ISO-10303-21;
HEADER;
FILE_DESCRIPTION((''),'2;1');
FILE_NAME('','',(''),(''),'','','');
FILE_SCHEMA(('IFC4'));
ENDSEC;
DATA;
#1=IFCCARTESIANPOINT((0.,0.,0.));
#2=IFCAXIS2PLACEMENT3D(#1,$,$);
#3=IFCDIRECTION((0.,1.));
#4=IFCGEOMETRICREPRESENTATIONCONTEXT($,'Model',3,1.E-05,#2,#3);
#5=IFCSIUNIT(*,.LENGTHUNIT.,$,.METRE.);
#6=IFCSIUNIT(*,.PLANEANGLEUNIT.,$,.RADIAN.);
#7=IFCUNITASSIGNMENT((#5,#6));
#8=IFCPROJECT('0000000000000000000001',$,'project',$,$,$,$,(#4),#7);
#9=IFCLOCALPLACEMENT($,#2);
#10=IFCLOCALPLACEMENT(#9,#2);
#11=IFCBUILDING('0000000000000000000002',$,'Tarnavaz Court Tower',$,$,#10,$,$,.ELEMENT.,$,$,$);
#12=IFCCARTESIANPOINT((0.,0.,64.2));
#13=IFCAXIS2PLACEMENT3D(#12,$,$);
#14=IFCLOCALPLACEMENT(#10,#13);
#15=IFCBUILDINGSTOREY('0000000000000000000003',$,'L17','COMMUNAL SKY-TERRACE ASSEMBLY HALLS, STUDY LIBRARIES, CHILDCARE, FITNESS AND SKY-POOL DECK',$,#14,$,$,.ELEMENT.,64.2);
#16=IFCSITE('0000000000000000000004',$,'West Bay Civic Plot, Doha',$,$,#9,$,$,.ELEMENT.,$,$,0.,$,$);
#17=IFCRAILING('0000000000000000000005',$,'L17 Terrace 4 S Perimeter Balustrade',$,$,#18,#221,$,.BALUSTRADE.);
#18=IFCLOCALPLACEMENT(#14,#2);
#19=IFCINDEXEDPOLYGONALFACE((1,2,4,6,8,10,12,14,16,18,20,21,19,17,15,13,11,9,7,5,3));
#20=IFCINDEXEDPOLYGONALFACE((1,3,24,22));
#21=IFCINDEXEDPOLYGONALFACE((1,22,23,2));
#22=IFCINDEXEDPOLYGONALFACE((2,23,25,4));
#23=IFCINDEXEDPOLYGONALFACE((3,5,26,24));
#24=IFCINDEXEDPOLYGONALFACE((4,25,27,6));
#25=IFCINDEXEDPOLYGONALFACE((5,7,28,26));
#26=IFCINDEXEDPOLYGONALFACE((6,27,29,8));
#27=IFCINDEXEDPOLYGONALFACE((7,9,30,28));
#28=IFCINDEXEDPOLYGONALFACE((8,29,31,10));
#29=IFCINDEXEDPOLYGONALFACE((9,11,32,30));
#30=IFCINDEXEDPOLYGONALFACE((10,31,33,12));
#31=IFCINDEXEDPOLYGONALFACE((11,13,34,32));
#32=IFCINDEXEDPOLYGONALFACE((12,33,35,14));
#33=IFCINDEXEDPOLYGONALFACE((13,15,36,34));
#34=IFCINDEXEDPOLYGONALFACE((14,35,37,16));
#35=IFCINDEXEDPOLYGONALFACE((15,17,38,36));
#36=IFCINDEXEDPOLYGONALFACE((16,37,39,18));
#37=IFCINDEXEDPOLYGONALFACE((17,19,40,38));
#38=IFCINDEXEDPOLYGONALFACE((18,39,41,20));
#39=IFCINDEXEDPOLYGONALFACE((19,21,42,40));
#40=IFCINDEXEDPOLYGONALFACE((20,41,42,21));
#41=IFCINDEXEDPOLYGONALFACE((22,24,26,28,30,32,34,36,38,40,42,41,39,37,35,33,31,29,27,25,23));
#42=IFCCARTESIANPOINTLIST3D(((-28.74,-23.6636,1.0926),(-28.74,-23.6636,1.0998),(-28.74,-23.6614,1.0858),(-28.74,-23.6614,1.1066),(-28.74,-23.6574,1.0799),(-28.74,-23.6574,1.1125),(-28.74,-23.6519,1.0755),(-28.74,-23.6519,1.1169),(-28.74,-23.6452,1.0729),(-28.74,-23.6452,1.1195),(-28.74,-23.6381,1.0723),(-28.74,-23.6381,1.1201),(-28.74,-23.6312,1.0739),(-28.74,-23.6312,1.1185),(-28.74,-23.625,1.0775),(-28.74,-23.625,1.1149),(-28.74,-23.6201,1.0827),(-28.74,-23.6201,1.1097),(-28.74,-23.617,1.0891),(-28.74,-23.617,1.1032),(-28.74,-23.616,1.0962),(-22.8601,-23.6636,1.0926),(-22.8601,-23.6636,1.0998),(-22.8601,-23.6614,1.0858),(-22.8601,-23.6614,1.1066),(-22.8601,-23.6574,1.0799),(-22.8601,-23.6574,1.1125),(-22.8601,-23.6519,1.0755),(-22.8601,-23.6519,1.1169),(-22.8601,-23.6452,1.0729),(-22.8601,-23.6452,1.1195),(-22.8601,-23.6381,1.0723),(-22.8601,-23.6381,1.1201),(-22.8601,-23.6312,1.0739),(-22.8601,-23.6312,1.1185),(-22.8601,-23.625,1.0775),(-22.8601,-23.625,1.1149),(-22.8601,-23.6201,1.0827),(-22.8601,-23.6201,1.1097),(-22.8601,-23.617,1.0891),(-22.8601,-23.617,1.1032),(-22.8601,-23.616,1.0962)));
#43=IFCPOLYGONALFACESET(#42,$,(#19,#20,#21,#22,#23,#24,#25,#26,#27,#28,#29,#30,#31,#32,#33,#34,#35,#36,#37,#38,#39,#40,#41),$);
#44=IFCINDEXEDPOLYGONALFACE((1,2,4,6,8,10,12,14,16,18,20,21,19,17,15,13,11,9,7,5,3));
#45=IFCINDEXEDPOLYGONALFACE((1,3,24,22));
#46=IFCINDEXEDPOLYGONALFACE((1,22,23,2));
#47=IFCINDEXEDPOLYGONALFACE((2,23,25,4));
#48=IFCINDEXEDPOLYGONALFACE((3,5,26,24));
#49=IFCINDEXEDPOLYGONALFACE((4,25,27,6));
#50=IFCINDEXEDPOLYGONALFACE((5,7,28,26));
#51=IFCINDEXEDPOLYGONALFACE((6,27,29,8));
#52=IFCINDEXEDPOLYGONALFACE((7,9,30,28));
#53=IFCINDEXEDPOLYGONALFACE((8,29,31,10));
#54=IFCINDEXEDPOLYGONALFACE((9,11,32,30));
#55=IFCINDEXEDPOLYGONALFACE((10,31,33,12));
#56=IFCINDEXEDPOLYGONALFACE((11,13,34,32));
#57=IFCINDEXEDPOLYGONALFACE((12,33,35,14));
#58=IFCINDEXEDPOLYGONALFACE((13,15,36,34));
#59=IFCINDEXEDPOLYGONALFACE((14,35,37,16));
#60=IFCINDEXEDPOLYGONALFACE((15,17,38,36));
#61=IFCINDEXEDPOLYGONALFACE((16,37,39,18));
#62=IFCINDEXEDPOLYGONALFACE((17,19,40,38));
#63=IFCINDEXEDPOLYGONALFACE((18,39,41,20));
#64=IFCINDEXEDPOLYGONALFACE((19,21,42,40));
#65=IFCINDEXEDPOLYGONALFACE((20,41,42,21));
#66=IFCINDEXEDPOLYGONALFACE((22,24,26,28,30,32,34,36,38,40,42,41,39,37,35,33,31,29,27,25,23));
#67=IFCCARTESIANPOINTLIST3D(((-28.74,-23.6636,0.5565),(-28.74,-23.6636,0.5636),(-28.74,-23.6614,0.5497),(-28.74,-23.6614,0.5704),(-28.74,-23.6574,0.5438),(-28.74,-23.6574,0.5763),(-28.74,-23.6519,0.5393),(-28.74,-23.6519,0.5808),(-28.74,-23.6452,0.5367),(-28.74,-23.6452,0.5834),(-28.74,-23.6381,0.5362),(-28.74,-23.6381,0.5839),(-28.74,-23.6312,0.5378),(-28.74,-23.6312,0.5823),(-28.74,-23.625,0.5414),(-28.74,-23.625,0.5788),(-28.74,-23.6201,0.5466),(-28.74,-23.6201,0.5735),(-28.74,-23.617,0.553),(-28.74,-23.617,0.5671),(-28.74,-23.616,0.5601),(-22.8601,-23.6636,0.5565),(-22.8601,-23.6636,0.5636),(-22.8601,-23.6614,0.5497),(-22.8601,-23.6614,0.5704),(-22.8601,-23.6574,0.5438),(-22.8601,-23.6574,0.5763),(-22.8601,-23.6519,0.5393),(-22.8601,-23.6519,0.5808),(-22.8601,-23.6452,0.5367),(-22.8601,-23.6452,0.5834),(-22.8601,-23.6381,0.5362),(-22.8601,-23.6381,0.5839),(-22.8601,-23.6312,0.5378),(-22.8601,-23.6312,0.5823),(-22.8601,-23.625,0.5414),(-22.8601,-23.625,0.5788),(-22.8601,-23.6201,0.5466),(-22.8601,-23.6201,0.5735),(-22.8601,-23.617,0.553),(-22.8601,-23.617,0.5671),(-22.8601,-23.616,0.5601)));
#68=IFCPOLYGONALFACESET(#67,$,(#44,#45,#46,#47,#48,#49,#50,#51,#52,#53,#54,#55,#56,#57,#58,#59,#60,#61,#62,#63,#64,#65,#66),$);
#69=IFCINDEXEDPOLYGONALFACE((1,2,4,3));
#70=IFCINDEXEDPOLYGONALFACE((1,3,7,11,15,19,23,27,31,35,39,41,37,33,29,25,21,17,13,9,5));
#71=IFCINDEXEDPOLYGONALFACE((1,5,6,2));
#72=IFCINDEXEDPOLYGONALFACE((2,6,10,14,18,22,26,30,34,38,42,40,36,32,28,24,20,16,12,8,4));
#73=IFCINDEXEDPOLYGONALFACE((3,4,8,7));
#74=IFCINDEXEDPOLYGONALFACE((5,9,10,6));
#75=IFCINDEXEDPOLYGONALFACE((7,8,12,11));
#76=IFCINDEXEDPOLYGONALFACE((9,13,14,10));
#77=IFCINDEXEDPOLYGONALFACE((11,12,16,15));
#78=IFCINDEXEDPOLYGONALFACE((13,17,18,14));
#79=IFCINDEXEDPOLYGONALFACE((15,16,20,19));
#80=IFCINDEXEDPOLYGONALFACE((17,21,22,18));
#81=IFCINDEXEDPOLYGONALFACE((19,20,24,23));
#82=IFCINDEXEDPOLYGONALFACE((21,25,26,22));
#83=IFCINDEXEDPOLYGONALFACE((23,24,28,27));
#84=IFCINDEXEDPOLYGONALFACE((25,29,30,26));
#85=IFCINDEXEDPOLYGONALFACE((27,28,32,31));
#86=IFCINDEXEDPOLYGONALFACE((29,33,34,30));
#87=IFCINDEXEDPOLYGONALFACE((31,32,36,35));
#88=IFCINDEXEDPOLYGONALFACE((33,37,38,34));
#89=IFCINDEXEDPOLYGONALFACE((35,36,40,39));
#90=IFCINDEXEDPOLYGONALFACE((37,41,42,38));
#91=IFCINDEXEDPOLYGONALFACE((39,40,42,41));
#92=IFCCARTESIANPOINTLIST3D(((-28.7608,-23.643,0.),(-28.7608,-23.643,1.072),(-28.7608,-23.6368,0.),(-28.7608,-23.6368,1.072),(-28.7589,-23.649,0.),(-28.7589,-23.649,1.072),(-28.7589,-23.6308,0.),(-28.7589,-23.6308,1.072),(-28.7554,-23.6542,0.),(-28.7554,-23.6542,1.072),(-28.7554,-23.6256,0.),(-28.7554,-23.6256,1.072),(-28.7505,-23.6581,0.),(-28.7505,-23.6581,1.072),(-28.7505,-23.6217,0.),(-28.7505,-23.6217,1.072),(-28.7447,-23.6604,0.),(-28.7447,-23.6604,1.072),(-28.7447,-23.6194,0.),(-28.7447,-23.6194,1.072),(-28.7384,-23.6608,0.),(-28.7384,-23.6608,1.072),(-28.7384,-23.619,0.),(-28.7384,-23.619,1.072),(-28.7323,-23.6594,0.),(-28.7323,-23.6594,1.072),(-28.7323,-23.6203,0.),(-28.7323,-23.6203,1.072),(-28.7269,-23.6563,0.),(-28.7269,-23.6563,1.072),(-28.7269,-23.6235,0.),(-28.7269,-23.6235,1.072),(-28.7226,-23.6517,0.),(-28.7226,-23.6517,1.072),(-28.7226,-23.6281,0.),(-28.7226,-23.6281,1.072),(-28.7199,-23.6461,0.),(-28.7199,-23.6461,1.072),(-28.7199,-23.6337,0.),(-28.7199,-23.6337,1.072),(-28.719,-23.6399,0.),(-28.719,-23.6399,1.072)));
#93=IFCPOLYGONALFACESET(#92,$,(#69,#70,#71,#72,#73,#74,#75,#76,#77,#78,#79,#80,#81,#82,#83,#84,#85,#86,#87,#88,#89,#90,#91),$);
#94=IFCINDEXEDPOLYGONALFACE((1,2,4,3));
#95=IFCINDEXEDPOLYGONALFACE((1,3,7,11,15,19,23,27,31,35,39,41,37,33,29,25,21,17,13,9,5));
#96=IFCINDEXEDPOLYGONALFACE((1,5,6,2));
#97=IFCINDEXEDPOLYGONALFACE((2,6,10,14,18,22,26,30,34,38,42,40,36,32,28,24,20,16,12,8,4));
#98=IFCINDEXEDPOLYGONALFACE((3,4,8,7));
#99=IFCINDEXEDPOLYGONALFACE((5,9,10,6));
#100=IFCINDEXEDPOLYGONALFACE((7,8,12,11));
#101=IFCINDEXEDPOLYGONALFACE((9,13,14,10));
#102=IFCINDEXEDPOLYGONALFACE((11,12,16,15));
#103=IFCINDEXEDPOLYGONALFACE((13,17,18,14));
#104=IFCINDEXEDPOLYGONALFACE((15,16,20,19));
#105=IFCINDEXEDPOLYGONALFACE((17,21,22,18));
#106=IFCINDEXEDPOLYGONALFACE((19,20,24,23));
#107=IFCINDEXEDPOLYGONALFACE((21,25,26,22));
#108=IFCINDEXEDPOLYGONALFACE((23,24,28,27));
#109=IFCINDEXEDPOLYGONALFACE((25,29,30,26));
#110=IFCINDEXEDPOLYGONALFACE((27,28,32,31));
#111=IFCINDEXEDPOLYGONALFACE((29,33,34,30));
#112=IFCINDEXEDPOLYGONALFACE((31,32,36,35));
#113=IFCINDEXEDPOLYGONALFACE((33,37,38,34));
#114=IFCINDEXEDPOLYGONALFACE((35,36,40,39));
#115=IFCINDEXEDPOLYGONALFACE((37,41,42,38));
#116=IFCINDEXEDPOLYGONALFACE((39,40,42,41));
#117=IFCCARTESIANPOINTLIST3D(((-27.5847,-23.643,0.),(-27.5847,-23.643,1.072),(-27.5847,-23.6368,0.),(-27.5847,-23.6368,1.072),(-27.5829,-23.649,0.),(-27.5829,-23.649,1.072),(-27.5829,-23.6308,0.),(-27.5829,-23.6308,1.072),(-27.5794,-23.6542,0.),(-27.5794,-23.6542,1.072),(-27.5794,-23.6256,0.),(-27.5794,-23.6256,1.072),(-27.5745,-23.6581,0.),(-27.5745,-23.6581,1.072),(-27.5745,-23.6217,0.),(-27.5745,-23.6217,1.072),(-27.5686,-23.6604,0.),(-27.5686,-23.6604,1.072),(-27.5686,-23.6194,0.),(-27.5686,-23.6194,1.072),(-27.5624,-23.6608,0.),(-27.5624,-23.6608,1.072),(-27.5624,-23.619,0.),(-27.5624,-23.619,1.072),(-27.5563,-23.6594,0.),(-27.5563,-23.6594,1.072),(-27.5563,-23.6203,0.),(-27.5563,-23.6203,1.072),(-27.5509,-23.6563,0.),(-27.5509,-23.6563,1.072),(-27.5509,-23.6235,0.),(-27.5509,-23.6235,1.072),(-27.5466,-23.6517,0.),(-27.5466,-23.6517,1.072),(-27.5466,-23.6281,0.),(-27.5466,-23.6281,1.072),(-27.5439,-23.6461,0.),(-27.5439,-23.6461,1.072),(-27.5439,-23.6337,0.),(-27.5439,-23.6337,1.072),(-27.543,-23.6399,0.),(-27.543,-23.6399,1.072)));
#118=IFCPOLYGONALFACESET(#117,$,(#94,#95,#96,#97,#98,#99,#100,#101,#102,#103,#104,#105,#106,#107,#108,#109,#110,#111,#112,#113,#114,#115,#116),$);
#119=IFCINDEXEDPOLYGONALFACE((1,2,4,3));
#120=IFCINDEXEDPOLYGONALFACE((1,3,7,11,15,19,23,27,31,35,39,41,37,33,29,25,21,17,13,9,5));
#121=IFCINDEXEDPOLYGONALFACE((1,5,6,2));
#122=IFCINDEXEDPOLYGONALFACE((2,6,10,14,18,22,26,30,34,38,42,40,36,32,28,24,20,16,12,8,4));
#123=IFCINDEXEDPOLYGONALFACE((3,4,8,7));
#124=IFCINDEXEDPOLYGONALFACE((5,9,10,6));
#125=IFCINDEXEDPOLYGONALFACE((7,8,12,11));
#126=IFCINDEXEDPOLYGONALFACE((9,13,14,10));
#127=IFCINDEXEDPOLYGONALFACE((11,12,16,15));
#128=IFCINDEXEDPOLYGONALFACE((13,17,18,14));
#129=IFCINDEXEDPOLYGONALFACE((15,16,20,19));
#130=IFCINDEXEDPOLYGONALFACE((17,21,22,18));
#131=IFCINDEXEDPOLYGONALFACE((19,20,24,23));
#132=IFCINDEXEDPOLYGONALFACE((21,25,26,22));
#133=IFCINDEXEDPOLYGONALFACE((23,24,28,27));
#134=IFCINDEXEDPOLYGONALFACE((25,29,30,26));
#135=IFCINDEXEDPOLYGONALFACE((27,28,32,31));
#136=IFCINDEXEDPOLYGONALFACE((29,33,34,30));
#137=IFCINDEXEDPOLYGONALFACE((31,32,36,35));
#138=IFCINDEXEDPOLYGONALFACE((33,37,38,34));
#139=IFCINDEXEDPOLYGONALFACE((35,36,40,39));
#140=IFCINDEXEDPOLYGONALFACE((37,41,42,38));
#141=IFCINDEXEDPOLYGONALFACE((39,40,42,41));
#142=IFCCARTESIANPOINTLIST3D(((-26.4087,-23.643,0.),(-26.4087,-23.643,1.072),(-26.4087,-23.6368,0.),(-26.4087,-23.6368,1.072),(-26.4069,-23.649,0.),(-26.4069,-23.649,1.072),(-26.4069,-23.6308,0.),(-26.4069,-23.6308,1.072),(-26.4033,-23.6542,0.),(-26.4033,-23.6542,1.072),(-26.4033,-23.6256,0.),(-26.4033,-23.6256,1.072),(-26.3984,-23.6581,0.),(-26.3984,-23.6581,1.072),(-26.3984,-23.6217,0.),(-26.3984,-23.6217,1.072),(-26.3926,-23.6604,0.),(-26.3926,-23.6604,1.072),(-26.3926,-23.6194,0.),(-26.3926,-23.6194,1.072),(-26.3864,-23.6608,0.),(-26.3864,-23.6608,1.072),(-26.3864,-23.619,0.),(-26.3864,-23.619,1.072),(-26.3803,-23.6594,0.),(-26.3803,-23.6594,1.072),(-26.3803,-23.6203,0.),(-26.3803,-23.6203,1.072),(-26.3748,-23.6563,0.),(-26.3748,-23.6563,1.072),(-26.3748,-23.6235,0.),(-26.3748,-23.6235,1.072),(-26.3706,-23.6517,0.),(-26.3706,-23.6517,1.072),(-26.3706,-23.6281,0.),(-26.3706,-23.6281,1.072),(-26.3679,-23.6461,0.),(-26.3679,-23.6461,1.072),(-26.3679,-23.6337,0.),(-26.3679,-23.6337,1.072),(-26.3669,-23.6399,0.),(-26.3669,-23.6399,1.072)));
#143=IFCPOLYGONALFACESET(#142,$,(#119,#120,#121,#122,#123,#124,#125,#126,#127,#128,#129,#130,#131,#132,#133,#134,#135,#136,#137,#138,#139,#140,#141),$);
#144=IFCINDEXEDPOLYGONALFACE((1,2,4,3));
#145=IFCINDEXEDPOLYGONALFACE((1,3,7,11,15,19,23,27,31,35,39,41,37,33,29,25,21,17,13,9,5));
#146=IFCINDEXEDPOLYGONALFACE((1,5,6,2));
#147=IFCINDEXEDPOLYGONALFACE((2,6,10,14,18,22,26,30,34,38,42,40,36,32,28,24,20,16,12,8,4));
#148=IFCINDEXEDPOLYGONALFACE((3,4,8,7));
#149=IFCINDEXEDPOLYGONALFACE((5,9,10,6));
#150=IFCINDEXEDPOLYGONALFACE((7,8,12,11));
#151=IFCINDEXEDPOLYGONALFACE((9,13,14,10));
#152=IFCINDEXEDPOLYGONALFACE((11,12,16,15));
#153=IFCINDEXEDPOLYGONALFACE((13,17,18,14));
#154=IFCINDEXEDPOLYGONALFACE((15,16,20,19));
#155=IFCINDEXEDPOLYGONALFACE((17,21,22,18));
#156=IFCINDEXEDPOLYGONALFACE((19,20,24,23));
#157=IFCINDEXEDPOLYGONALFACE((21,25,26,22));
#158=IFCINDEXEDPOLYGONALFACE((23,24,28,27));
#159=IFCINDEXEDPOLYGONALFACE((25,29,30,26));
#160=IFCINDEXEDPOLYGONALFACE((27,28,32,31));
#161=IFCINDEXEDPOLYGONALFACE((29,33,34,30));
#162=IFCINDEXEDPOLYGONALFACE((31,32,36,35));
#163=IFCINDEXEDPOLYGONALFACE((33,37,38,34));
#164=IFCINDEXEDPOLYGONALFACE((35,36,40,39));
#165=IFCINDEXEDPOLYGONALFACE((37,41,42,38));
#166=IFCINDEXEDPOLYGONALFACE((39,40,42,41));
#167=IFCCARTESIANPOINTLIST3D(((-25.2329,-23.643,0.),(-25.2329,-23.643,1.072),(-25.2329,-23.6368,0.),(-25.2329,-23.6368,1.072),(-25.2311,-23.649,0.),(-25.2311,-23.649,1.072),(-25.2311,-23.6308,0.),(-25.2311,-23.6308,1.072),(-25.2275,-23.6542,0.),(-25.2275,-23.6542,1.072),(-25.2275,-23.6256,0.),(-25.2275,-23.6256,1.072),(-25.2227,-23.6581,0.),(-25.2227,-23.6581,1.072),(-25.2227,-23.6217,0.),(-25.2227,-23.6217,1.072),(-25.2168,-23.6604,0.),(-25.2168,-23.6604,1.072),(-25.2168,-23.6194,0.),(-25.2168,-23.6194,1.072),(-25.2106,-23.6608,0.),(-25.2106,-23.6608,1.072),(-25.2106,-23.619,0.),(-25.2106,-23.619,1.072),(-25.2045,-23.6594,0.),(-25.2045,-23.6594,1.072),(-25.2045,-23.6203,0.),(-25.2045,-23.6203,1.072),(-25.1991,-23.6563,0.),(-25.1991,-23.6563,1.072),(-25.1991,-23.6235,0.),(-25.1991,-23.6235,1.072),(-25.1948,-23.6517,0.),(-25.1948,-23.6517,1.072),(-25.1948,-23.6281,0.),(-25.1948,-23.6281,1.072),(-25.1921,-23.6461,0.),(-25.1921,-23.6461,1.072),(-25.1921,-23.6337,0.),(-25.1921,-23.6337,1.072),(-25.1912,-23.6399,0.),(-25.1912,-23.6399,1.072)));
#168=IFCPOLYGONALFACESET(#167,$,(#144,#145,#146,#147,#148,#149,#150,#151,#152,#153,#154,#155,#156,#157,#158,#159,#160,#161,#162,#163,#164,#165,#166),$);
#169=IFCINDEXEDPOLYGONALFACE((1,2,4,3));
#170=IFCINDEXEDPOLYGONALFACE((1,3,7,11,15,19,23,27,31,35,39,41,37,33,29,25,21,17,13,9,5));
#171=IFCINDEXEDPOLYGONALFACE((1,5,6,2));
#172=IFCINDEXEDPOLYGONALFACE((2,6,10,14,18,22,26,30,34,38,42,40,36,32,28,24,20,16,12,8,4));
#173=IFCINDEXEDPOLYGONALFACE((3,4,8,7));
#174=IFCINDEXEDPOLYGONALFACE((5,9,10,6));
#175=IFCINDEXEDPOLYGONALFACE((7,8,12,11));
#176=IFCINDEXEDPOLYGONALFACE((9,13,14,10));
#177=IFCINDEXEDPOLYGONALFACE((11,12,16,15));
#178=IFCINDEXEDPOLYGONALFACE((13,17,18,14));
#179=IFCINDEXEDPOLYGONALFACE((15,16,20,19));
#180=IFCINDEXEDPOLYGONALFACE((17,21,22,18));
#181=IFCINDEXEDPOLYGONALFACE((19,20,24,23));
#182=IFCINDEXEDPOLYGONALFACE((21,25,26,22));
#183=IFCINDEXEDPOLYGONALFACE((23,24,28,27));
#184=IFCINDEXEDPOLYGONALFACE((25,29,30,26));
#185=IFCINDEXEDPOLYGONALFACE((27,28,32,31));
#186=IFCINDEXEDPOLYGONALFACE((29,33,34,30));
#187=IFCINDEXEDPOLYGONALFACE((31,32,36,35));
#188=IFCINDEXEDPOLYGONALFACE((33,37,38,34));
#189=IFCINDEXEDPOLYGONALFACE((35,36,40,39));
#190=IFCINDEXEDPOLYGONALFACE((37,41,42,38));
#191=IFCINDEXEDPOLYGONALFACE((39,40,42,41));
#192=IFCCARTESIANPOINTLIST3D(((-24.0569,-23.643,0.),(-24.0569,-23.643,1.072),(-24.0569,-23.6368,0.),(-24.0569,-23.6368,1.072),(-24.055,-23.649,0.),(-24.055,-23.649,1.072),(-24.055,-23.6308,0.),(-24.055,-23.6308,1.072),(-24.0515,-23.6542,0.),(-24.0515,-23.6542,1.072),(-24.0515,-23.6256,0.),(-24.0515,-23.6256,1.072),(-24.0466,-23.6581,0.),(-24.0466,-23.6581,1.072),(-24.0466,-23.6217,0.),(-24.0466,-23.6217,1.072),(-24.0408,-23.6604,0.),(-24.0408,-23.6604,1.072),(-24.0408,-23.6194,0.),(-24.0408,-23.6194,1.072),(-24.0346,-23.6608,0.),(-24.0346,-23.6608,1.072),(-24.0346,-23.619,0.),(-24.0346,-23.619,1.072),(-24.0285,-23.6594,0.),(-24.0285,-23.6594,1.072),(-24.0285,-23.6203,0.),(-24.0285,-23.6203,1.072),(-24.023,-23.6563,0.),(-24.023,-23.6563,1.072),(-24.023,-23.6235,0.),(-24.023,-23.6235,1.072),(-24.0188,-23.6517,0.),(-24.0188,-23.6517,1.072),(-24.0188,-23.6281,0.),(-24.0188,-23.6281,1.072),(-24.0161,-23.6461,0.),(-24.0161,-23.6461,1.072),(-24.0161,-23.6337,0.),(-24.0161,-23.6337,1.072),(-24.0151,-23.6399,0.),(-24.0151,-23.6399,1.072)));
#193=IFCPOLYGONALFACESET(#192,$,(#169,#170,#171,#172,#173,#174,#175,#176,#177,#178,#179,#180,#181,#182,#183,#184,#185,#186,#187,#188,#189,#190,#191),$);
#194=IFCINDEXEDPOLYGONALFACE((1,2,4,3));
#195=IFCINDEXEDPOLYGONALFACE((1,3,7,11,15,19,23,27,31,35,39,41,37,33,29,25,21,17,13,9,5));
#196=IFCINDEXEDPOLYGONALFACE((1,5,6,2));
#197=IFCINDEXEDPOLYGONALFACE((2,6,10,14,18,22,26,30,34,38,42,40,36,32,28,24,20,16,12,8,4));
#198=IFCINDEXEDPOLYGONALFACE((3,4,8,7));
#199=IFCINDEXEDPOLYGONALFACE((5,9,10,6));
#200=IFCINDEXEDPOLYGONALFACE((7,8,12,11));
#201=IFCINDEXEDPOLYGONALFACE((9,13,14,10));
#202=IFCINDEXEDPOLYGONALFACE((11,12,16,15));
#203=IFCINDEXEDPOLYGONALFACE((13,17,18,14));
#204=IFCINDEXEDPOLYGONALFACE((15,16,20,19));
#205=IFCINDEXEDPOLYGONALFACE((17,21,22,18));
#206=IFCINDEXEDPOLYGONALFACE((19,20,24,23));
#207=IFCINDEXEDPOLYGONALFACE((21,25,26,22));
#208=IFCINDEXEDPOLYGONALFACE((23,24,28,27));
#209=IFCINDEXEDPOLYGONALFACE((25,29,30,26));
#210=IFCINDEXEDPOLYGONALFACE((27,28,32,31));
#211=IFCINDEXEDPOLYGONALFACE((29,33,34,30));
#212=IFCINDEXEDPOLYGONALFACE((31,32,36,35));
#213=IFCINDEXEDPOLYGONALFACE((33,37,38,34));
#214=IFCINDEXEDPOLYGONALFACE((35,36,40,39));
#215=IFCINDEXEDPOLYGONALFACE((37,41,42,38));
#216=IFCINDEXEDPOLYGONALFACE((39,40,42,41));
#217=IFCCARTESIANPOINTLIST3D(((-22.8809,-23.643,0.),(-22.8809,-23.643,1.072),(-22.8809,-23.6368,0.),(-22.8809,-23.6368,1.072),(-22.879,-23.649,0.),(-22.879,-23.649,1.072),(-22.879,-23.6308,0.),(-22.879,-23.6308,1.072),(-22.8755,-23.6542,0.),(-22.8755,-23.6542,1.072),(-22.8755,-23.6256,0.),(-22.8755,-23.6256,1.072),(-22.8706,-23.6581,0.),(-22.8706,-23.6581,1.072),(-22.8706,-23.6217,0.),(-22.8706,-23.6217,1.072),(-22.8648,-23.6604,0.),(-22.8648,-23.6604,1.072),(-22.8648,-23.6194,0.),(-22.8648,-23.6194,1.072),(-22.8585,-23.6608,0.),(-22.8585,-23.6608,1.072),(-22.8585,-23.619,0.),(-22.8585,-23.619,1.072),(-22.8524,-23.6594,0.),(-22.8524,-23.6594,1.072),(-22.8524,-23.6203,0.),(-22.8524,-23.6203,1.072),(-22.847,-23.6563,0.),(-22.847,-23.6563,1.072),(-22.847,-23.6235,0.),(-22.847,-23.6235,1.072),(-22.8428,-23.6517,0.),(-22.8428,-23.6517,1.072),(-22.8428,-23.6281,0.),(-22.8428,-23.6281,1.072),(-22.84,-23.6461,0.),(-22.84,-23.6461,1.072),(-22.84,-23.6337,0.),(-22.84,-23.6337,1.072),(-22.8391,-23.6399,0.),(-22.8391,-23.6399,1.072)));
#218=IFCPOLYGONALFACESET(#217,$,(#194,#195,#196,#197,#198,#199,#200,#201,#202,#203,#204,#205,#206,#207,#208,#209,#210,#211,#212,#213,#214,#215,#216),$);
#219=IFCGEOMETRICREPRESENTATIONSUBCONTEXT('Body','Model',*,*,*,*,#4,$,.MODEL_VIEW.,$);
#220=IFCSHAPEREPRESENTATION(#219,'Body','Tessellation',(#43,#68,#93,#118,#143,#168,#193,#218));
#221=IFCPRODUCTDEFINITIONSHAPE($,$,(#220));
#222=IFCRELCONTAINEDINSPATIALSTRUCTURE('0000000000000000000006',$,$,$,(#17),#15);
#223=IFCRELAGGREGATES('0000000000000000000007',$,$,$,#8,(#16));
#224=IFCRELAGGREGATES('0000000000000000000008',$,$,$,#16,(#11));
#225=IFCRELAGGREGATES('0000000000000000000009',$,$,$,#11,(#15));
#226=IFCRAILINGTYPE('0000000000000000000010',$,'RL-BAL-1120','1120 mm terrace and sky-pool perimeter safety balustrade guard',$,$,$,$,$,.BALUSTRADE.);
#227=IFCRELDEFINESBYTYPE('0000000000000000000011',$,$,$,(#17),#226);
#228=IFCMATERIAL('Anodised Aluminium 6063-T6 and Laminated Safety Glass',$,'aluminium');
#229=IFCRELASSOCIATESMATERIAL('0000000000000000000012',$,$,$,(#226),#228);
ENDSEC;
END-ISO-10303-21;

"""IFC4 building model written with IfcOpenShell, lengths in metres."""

from ifc_helpers import new_model, si_unit, direction, frame, origin, origin_2d, place, context, subcontext, project, spatial, circle, extrude, material, type_object, element, save


model = new_model("IFC4")

# Units and contexts
model_context = context("Model", 3, precision=1e-05, world=origin(), true_north=direction((0.0, 1.0)))
body_context = subcontext(model_context, "Body", "Model", "MODEL_VIEW")
ifc_project = project(units=[si_unit("LENGTHUNIT", "METRE"), si_unit("PLANEANGLEUNIT", "RADIAN")], contexts=[model_context])

# Site, building, storey
site_placement = place(None, origin())
site = spatial("IfcSite", under=ifc_project, at=site_placement, Name="West Bay Civic Plot, Doha", CompositionType="ELEMENT", RefElevation=0.0)
building_placement = place(site_placement, origin())
building = spatial("IfcBuilding", under=site, at=building_placement, Name="Tarnavaz Court Tower", CompositionType="ELEMENT")
storey_placement = place(building_placement, frame((0.0, 0.0, 64.2)))
storey = spatial("IfcBuildingStorey", under=building, at=storey_placement, Name="L17", Description="COMMUNAL SKY-TERRACE ASSEMBLY HALLS, STUDY LIBRARIES, CHILDCARE, FITNESS AND SKY-POOL DECK", CompositionType="ELEMENT", Elevation=64.2)

# Railing
ifc_material_1 = material(Name="Anodised Aluminium 6063-T6 and Laminated Safety Glass", Category="aluminium")
railing_type = type_object("IfcRailingType", Name="RL-BAL-1120", Description="1120 mm terrace and sky-pool perimeter safety balustrade guard", PredefinedType="BALUSTRADE", material=ifc_material_1)
railing_1_placement = place(storey_placement, frame((-28.74, -23.6399, 0.0)))
element("IfcRailing", 1, at=railing_1_placement, inside=storey, type_object=railing_type, Name="L17 Terrace 4 S Perimeter Balustrade", PredefinedType="BALUSTRADE", context=body_context, shape_type="SweptSolid", body=[
    extrude(circle(Radius=0.0239, at=origin_2d()), frame((0.0, 0.0, 1.0962), z_axis=(1.0, 0.0, 0.0), x_axis=(0.0, 1.0, 0.0)), (0.0, 0.0, 1.0), 5.8799),
    extrude(circle(Radius=0.0239, at=origin_2d()), frame((0.0, 0.0, 0.5601), z_axis=(1.0, 0.0, 0.0), x_axis=(0.0, 1.0, 0.0)), (0.0, 0.0, 1.0), 5.8799),
    extrude(circle(Radius=0.021, at=origin_2d()), origin(), (0.0, 0.0, 1.0), 1.072),
    extrude(circle(Radius=0.021, at=origin_2d()), frame((1.176, 0.0, 0.0)), (0.0, 0.0, 1.0), 1.072),
    extrude(circle(Radius=0.021, at=origin_2d()), frame((2.3521, 0.0, 0.0)), (0.0, 0.0, 1.0), 1.072),
    extrude(circle(Radius=0.021, at=origin_2d()), frame((3.5278, 0.0, 0.0)), (0.0, 0.0, 1.0), 1.072),
    extrude(circle(Radius=0.021, at=origin_2d()), frame((4.7039, 0.0, 0.0)), (0.0, 0.0, 1.0), 1.072),
    extrude(circle(Radius=0.021, at=origin_2d()), frame((5.8799, 0.0, 0.0)), (0.0, 0.0, 1.0), 1.072),
])

save(model, "model.ifc")
